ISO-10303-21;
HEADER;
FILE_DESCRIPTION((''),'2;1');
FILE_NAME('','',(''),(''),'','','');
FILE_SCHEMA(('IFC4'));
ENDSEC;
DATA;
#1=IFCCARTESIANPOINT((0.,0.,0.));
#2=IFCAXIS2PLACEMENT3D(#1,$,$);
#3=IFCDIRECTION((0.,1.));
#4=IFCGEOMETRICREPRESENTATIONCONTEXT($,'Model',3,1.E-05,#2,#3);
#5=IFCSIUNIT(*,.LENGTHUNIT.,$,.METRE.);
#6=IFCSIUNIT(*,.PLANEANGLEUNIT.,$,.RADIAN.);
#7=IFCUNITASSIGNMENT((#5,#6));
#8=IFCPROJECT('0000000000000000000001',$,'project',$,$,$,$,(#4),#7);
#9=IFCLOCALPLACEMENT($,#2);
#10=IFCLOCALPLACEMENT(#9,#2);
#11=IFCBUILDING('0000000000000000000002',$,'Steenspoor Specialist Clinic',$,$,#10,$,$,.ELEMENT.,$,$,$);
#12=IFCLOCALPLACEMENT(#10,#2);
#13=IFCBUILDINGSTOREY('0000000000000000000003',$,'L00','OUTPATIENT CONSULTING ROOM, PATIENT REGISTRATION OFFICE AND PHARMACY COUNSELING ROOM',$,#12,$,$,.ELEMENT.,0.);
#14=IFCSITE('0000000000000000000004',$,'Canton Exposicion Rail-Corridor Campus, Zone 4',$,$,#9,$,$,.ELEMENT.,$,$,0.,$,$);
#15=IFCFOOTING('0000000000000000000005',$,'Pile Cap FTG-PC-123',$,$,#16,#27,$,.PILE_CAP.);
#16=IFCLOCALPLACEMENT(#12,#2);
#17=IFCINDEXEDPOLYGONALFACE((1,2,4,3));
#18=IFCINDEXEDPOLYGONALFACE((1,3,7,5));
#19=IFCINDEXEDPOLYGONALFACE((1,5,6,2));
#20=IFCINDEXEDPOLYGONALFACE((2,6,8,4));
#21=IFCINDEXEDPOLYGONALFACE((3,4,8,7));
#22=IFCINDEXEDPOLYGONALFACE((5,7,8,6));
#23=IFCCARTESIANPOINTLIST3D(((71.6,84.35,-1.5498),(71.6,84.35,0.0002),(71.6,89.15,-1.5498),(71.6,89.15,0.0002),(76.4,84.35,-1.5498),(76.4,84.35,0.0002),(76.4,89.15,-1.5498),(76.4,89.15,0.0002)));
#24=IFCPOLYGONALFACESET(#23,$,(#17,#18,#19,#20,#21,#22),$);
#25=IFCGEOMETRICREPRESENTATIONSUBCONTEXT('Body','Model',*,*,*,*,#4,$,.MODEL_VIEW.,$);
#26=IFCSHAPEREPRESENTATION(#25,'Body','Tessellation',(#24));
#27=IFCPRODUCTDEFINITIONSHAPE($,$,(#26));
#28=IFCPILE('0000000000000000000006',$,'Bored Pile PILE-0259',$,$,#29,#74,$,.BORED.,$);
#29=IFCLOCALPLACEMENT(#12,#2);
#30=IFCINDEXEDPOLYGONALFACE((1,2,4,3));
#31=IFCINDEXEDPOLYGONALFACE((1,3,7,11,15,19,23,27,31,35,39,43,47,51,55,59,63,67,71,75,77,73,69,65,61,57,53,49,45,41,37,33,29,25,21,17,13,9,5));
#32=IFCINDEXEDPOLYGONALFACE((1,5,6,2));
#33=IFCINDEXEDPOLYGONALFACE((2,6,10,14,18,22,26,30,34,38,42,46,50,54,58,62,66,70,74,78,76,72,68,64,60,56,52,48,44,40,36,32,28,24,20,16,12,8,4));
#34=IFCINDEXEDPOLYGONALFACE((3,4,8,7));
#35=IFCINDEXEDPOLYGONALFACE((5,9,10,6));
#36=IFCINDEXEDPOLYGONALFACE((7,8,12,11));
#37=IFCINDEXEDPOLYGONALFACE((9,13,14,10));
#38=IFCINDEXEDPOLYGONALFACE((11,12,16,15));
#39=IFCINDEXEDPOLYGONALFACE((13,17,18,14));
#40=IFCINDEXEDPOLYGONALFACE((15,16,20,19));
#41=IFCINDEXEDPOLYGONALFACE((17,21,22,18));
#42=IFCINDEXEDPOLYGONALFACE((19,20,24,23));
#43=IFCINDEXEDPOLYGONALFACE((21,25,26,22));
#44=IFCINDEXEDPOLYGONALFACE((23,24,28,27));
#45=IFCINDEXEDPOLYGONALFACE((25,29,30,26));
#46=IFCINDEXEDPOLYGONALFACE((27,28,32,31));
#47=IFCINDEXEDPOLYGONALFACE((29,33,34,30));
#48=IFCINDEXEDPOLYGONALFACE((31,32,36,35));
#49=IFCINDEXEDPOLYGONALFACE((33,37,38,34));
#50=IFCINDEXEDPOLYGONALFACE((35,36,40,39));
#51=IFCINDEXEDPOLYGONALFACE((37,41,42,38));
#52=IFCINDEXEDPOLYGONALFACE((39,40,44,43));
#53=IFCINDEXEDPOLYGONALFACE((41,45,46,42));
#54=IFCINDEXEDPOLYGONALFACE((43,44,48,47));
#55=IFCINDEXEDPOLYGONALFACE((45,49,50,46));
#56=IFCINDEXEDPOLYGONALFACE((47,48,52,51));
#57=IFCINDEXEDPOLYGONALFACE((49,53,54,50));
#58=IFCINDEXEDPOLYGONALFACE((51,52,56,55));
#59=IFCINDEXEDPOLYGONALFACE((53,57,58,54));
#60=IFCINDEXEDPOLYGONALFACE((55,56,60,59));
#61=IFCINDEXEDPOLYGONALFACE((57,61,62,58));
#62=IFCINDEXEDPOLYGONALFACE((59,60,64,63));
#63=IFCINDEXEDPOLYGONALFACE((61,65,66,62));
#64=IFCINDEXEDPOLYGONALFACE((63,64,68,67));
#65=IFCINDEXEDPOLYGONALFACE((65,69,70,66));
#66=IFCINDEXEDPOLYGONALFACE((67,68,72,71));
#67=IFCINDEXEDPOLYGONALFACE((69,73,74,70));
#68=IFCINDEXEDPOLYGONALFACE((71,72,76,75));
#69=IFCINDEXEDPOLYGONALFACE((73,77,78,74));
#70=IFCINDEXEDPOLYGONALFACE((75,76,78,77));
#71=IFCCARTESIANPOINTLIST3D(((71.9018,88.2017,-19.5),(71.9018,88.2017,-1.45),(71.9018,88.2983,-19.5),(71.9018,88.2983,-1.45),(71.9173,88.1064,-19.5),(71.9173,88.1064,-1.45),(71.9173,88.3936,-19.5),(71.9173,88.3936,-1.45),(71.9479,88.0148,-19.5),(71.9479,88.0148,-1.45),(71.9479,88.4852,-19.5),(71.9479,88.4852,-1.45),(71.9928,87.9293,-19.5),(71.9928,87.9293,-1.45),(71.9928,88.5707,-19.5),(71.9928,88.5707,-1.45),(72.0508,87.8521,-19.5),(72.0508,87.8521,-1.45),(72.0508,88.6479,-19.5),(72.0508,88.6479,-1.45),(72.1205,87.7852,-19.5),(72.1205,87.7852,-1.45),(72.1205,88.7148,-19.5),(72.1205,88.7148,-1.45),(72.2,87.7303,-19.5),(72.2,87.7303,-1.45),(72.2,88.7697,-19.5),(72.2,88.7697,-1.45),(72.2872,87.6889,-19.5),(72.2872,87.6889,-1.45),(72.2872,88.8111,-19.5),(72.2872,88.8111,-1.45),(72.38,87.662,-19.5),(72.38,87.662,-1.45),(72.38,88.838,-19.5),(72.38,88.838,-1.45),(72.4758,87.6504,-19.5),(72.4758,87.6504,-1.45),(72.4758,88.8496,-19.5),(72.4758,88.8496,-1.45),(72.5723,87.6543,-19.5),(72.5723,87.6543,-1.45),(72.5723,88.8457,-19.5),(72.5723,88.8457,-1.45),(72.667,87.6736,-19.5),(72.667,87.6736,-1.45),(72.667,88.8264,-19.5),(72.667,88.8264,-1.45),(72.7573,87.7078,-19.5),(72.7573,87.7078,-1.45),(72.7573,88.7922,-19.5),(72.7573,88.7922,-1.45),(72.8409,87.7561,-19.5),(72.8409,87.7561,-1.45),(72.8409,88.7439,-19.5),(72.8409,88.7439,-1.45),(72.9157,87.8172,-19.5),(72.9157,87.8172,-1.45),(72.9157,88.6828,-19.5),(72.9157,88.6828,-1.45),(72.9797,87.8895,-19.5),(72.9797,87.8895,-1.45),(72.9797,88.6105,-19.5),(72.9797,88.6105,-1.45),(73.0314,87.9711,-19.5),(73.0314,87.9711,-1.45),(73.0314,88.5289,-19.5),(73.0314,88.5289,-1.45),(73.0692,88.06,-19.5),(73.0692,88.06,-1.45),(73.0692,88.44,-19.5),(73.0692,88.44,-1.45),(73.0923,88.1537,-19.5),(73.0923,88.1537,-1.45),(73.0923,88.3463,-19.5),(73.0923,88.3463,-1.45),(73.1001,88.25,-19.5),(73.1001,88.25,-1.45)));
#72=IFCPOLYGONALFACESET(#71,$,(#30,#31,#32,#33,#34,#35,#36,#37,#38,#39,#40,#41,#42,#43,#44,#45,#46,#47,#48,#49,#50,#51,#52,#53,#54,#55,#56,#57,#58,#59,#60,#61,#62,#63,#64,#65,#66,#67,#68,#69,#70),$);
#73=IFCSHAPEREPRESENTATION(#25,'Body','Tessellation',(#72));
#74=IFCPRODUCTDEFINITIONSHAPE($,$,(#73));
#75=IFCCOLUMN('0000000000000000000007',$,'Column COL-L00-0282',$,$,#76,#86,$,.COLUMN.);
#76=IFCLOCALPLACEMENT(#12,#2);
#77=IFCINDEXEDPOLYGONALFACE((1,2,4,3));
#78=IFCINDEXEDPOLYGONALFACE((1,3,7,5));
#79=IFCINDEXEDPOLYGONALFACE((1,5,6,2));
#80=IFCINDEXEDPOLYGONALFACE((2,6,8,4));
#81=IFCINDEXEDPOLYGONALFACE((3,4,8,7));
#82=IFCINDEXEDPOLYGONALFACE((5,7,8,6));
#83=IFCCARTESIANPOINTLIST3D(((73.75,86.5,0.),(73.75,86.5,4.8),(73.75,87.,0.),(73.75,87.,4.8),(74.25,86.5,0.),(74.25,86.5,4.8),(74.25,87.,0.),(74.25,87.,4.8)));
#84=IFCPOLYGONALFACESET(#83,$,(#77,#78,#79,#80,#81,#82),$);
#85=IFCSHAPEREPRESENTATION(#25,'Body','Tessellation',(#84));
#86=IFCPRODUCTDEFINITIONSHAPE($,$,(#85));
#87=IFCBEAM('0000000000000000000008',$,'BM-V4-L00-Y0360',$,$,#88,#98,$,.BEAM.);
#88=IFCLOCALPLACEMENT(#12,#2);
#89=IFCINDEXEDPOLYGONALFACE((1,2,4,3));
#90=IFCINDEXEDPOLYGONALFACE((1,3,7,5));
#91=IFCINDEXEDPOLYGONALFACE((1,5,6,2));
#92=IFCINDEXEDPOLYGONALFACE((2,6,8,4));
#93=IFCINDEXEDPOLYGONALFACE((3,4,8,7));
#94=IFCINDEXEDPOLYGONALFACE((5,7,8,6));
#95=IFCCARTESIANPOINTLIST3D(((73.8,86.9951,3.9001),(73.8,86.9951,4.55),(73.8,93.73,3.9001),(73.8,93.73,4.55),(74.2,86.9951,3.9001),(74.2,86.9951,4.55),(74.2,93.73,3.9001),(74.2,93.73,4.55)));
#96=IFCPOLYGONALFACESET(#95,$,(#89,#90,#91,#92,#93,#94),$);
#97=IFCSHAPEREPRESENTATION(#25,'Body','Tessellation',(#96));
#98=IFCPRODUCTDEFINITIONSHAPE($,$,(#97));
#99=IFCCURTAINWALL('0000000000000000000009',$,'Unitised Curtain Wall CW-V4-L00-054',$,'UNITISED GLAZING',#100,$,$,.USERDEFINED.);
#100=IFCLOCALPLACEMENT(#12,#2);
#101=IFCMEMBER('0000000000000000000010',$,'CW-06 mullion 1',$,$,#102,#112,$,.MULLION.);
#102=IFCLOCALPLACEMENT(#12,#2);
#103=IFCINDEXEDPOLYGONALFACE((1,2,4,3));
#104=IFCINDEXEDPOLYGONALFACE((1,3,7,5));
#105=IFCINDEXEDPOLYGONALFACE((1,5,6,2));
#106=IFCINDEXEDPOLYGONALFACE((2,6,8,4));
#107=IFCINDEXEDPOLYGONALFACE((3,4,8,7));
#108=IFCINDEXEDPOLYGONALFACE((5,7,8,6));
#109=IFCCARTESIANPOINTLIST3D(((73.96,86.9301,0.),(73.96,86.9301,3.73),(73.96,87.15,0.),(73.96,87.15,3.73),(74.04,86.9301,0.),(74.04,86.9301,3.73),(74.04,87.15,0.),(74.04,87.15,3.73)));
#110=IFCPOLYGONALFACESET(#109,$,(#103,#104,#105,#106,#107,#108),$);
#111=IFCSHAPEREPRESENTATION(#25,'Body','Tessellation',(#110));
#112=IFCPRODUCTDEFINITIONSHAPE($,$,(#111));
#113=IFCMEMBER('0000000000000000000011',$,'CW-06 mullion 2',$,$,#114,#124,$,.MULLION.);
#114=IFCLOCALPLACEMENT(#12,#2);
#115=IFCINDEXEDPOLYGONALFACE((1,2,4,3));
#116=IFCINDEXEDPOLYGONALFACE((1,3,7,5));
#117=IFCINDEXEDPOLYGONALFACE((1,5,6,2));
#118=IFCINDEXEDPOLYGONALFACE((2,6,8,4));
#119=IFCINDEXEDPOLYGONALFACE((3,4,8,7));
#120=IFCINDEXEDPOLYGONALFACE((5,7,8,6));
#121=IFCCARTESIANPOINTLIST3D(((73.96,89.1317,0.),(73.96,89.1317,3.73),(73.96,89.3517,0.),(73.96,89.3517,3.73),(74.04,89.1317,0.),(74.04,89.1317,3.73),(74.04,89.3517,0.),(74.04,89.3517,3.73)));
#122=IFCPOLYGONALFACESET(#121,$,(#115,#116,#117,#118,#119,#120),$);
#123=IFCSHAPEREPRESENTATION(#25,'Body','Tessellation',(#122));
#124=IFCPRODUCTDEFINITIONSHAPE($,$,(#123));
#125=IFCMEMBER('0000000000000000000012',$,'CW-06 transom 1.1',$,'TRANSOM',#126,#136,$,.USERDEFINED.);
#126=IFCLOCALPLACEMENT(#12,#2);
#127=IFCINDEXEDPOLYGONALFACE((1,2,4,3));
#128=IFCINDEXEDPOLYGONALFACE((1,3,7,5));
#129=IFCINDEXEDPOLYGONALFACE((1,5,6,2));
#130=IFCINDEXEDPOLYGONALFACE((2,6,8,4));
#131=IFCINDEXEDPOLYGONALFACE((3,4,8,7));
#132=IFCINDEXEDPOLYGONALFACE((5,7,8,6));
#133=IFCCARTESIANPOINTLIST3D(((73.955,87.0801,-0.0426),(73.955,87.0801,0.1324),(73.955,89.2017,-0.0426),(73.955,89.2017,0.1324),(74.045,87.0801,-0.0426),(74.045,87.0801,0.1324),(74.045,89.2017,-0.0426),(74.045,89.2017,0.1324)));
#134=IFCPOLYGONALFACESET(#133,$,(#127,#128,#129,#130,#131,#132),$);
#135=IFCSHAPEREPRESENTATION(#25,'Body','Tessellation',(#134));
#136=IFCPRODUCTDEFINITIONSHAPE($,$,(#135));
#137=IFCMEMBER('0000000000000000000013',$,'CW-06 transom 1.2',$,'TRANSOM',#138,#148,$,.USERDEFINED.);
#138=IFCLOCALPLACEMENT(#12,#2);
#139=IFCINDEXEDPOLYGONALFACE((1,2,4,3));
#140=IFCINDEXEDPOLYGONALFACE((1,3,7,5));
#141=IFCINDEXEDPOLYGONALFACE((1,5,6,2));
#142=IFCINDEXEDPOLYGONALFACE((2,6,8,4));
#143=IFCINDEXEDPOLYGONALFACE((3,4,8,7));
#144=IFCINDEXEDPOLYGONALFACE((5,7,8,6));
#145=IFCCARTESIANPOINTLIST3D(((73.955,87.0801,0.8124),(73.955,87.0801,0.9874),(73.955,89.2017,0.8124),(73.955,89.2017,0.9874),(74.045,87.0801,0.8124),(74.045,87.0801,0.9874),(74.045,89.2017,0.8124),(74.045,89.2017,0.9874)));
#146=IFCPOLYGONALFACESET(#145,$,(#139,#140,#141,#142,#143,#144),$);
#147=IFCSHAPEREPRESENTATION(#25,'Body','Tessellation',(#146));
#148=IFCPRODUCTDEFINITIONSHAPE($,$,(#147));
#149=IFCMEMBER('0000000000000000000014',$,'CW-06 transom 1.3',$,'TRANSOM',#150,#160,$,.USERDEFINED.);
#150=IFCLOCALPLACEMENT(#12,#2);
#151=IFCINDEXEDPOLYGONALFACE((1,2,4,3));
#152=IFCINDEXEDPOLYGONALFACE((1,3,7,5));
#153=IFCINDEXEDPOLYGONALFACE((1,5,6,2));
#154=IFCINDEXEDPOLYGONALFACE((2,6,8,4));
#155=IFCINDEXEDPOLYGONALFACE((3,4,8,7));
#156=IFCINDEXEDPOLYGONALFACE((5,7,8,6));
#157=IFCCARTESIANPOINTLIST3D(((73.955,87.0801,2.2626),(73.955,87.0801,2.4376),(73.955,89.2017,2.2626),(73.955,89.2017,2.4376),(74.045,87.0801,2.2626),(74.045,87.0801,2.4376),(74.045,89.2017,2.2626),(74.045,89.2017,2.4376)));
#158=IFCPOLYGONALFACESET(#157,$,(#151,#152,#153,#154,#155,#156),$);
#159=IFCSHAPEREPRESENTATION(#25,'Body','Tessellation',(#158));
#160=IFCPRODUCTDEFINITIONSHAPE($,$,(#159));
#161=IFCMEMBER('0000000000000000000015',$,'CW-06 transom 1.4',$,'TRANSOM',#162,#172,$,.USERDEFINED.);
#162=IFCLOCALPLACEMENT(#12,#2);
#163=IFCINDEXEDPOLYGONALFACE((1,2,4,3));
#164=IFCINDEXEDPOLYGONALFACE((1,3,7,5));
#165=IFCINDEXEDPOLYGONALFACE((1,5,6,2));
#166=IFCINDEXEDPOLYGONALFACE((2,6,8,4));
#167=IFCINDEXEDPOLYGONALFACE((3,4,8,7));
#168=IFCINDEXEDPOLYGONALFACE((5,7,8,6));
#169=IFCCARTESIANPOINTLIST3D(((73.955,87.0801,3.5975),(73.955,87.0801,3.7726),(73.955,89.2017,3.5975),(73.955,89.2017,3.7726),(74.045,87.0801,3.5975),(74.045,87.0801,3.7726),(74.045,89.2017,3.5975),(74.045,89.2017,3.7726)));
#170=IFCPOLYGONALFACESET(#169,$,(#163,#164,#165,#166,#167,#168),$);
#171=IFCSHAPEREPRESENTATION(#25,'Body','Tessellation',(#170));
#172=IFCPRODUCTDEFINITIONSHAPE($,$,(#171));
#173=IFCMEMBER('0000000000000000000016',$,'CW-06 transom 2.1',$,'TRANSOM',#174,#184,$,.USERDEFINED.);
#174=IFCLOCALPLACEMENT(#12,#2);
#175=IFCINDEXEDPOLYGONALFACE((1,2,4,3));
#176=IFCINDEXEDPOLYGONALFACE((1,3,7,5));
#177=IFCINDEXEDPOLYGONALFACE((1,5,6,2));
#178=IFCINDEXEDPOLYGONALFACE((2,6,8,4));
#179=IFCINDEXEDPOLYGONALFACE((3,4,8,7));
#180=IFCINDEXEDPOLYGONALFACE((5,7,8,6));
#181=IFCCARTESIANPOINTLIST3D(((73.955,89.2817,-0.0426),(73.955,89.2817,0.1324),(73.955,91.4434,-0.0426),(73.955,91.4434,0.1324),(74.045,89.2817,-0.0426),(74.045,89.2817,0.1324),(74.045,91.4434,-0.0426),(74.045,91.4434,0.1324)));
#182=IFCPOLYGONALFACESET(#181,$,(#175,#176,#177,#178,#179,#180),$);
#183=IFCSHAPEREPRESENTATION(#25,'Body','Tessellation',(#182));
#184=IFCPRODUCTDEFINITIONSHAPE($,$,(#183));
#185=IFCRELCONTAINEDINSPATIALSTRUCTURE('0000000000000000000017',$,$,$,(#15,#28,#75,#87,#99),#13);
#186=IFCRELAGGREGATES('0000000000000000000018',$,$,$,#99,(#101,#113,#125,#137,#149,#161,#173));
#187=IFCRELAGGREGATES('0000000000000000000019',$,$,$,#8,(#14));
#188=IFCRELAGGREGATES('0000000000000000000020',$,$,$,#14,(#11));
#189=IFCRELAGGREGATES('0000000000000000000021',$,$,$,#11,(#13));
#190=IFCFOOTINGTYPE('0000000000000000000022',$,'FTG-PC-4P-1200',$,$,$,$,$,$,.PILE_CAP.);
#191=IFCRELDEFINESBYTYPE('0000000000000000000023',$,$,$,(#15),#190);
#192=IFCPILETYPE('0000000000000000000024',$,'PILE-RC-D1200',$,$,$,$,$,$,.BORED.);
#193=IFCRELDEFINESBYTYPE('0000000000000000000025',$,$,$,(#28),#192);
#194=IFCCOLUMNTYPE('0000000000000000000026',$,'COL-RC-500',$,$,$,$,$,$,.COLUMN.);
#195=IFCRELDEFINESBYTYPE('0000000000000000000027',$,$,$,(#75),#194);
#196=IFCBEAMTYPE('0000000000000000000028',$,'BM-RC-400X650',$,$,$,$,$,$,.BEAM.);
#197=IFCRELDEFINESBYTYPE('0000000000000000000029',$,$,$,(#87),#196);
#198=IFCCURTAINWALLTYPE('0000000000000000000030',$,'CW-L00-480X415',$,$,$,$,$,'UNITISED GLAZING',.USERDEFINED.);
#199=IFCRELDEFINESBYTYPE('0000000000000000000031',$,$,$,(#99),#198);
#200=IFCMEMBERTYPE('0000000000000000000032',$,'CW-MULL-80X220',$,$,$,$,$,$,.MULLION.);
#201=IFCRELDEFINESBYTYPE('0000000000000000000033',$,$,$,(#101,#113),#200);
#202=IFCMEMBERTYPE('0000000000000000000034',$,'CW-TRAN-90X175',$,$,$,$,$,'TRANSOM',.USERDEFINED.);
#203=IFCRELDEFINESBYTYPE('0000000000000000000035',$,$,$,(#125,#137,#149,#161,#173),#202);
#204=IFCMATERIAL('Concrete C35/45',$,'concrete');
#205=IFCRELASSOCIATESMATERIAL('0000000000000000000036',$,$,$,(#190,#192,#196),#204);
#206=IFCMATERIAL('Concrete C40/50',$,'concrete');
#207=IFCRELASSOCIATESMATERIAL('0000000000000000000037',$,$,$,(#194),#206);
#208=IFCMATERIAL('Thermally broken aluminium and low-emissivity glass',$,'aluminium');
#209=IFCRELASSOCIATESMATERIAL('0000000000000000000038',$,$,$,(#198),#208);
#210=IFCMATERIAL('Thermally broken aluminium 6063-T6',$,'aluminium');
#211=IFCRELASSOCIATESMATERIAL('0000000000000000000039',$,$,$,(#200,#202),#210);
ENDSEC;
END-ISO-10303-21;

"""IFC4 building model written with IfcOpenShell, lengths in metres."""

from ifc_helpers import new_model, si_unit, direction, frame, origin, origin_2d, place, context, subcontext, project, spatial, rectangle, circle, extrude, material, material_profile, profile_set, type_object, element, aggregate, save


model = new_model("IFC4")

# Units and contexts
model_context = context("Model", 3, precision=1e-05, world=origin(), true_north=direction((0.0, 1.0)))
body_context = subcontext(model_context, "Body", "Model", "MODEL_VIEW")
ifc_project = project(units=[si_unit("LENGTHUNIT", "METRE"), si_unit("PLANEANGLEUNIT", "RADIAN")], contexts=[model_context])

# Site, building, storey
site_placement = place(None, origin())
site = spatial("IfcSite", under=ifc_project, at=site_placement, Name="Canton Exposicion Rail-Corridor Campus, Zone 4", CompositionType="ELEMENT", RefElevation=0.0)
building_placement = place(site_placement, origin())
building = spatial("IfcBuilding", under=site, at=building_placement, Name="Steenspoor Specialist Clinic", CompositionType="ELEMENT")
storey_placement = place(building_placement, origin())
storey = spatial("IfcBuildingStorey", under=building, at=storey_placement, Name="L00", Description="OUTPATIENT CONSULTING ROOM, PATIENT REGISTRATION OFFICE AND PHARMACY COUNSELING ROOM", CompositionType="ELEMENT", Elevation=0.0)

# Footing
ifc_material_1 = material(Name="Concrete C35/45", Category="concrete")
footing_type = type_object("IfcFootingType", Name="FTG-PC-4P-1200", PredefinedType="PILE_CAP", material=ifc_material_1)
footing_placement = place(storey_placement, frame((74.0, 86.75, -1.5498), z_axis=(0.0, 0.0, 1.0), x_axis=(1.0, 0.0, 0.0)))
element("IfcFooting", 1, at=footing_placement, inside=storey, type_object=footing_type, Name="Pile Cap FTG-PC-123", PredefinedType="PILE_CAP", context=body_context, shape_type="SweptSolid", body=[
    extrude(rectangle(XDim=4.8, YDim=4.8, at=origin_2d()), origin(), (0.0, 0.0, 1.0), 1.55),
])

# Pile
ifc_material_profile_1 = material_profile(ifc_material_1, circle(Radius=0.6001, at=origin_2d()), Name="PILE-D1200")
ifc_profile_set_1 = profile_set([ifc_material_profile_1], Name="Concrete C35/45")
pile_type = type_object("IfcPileType", Name="PILE-RC-D1200", PredefinedType="BORED", material=ifc_profile_set_1)
pile_placement = place(storey_placement, frame((72.5, 88.25, -1.45), z_axis=(0.0, 0.0, -1.0), x_axis=(1.0, 0.0, 0.0)))
element("IfcPile", 2, at=pile_placement, inside=storey, type_object=pile_type, Name="Bored Pile PILE-0259", PredefinedType="BORED", context=body_context, shape_type="SweptSolid", body=[
    extrude(circle(Radius=0.6001, at=origin_2d()), origin(), (0.0, 0.0, 1.0), 18.05),
])

# Column
ifc_material_2 = material(Name="Concrete C40/50", Category="concrete")
ifc_material_profile_2 = material_profile(ifc_material_2, rectangle(XDim=0.5, YDim=0.5, at=origin_2d()), Name="RC-COL-500X500")
ifc_profile_set_2 = profile_set([ifc_material_profile_2], Name="Concrete C40/50")
column_type = type_object("IfcColumnType", Name="COL-RC-500", PredefinedType="COLUMN", material=ifc_profile_set_2)
column_placement = place(storey_placement, frame((74.0, 86.75, 0.0), z_axis=(0.0, 0.0, 1.0), x_axis=(1.0, 0.0, 0.0)))
element("IfcColumn", 3, at=column_placement, inside=storey, type_object=column_type, Name="Column COL-L00-0282", PredefinedType="COLUMN", context=body_context, shape_type="SweptSolid", body=[
    extrude(rectangle(XDim=0.5, YDim=0.5, at=origin_2d()), origin(), (0.0, 0.0, 1.0), 4.8),
])

# Beam
ifc_material_profile_3 = material_profile(ifc_material_1, rectangle(XDim=0.3999, YDim=0.6499, at=origin_2d()), Name="RC-BM-400X650")
ifc_profile_set_3 = profile_set([ifc_material_profile_3], Name="Concrete C35/45")
beam_type = type_object("IfcBeamType", Name="BM-RC-400X650", PredefinedType="BEAM", material=ifc_profile_set_3)
beam_placement = place(storey_placement, frame((74.0, 86.9951, 4.2251), z_axis=(0.0, 1.0, 0.0), x_axis=(-1.0, 0.0, 0.0)))
element("IfcBeam", 4, at=beam_placement, inside=storey, type_object=beam_type, Name="BM-V4-L00-Y0360", PredefinedType="BEAM", context=body_context, shape_type="SweptSolid", body=[
    extrude(rectangle(XDim=0.3999, YDim=0.6499, at=origin_2d()), origin(), (0.0, 0.0, 1.0), 6.7349),
])

# Curtain wall, members
ifc_material_3 = material(Name="Thermally broken aluminium and low-emissivity glass", Category="aluminium")
curtain_wall_type = type_object("IfcCurtainWallType", Name="CW-L00-480X415", ElementType="UNITISED GLAZING", PredefinedType="USERDEFINED", material=ifc_material_3)
curtain_wall_placement = place(storey_placement, origin())
curtain_wall = element("IfcCurtainWall", 5, at=curtain_wall_placement, inside=storey, type_object=curtain_wall_type, Name="Unitised Curtain Wall CW-V4-L00-054", ObjectType="UNITISED GLAZING", PredefinedType="USERDEFINED")
ifc_material_4 = material(Name="Thermally broken aluminium 6063-T6", Category="aluminium")
ifc_material_profile_4 = material_profile(ifc_material_4, rectangle(XDim=0.0801, YDim=0.22, at=origin_2d()), Name="CWM-80X220")
ifc_profile_set_4 = profile_set([ifc_material_profile_4], Name="Thermally broken aluminium 6063-T6")
member_type_1 = type_object("IfcMemberType", Name="CW-MULL-80X220", PredefinedType="MULLION", material=ifc_profile_set_4)
member_1_placement = place(storey_placement, frame((74.0, 87.04, 0.0), z_axis=(0.0, 0.0, 1.0), x_axis=(-1.0, 0.0, 0.0)))
member_1 = element("IfcMember", 6, at=member_1_placement, type_object=member_type_1, Name="CW-06 mullion 1", PredefinedType="MULLION", context=body_context, shape_type="SweptSolid", body=[
    extrude(rectangle(XDim=0.0801, YDim=0.22, at=origin_2d()), origin(), (0.0, 0.0, 1.0), 3.73),
])
member_2_placement = place(storey_placement, frame((74.0, 89.2417, 0.0), z_axis=(0.0, 0.0, 1.0), x_axis=(-1.0, 0.0, 0.0)))
member_2 = element("IfcMember", 7, at=member_2_placement, type_object=member_type_1, Name="CW-06 mullion 2", PredefinedType="MULLION", context=body_context, shape_type="SweptSolid", body=[
    extrude(rectangle(XDim=0.0801, YDim=0.22, at=origin_2d()), origin(), (0.0, 0.0, 1.0), 3.73),
])
ifc_material_profile_5 = material_profile(ifc_material_4, rectangle(XDim=0.0901, YDim=0.175, at=origin_2d()), Name="CWT-90X175")
ifc_profile_set_5 = profile_set([ifc_material_profile_5], Name="Thermally broken aluminium 6063-T6")
member_type_2 = type_object("IfcMemberType", Name="CW-TRAN-90X175", ElementType="TRANSOM", PredefinedType="USERDEFINED", material=ifc_profile_set_5)
member_3_placement = place(storey_placement, frame((74.0, 87.0801, 0.0449), z_axis=(0.0, 1.0, 0.0), x_axis=(-1.0, 0.0, 0.0)))
member_3 = element("IfcMember", 8, at=member_3_placement, type_object=member_type_2, Name="CW-06 transom 1.1", ObjectType="TRANSOM", PredefinedType="USERDEFINED", context=body_context, shape_type="SweptSolid", body=[
    extrude(rectangle(XDim=0.0901, YDim=0.175, at=origin_2d()), origin(), (0.0, 0.0, 1.0), 2.1216),
])
member_4_placement = place(storey_placement, frame((74.0, 87.0801, 0.8999), z_axis=(0.0, 1.0, 0.0), x_axis=(-1.0, 0.0, 0.0)))
member_4 = element("IfcMember", 9, at=member_4_placement, type_object=member_type_2, Name="CW-06 transom 1.2", ObjectType="TRANSOM", PredefinedType="USERDEFINED", context=body_context, shape_type="SweptSolid", body=[
    extrude(rectangle(XDim=0.0901, YDim=0.175, at=origin_2d()), origin(), (0.0, 0.0, 1.0), 2.1216),
])
member_5_placement = place(storey_placement, frame((74.0, 87.0801, 2.3501), z_axis=(0.0, 1.0, 0.0), x_axis=(-1.0, 0.0, 0.0)))
member_5 = element("IfcMember", 10, at=member_5_placement, type_object=member_type_2, Name="CW-06 transom 1.3", ObjectType="TRANSOM", PredefinedType="USERDEFINED", context=body_context, shape_type="SweptSolid", body=[
    extrude(rectangle(XDim=0.0901, YDim=0.175, at=origin_2d()), origin(), (0.0, 0.0, 1.0), 2.1216),
])
member_6_placement = place(storey_placement, frame((74.0, 87.0801, 3.6851), z_axis=(0.0, 1.0, 0.0), x_axis=(-1.0, 0.0, 0.0)))
member_6 = element("IfcMember", 11, at=member_6_placement, type_object=member_type_2, Name="CW-06 transom 1.4", ObjectType="TRANSOM", PredefinedType="USERDEFINED", context=body_context, shape_type="SweptSolid", body=[
    extrude(rectangle(XDim=0.0901, YDim=0.175, at=origin_2d()), origin(), (0.0, 0.0, 1.0), 2.1216),
])
member_7_placement = place(storey_placement, frame((74.0, 89.2817, 0.0449), z_axis=(0.0, 1.0, 0.0), x_axis=(-1.0, 0.0, 0.0)))
member_7 = element("IfcMember", 12, at=member_7_placement, type_object=member_type_2, Name="CW-06 transom 2.1", ObjectType="TRANSOM", PredefinedType="USERDEFINED", context=body_context, shape_type="SweptSolid", body=[
    extrude(rectangle(XDim=0.0901, YDim=0.175, at=origin_2d()), origin(), (0.0, 0.0, 1.0), 2.1616),
])
aggregate(curtain_wall, [member_1, member_2, member_3, member_4, member_5, member_6, member_7])

save(model, "model.ifc")
